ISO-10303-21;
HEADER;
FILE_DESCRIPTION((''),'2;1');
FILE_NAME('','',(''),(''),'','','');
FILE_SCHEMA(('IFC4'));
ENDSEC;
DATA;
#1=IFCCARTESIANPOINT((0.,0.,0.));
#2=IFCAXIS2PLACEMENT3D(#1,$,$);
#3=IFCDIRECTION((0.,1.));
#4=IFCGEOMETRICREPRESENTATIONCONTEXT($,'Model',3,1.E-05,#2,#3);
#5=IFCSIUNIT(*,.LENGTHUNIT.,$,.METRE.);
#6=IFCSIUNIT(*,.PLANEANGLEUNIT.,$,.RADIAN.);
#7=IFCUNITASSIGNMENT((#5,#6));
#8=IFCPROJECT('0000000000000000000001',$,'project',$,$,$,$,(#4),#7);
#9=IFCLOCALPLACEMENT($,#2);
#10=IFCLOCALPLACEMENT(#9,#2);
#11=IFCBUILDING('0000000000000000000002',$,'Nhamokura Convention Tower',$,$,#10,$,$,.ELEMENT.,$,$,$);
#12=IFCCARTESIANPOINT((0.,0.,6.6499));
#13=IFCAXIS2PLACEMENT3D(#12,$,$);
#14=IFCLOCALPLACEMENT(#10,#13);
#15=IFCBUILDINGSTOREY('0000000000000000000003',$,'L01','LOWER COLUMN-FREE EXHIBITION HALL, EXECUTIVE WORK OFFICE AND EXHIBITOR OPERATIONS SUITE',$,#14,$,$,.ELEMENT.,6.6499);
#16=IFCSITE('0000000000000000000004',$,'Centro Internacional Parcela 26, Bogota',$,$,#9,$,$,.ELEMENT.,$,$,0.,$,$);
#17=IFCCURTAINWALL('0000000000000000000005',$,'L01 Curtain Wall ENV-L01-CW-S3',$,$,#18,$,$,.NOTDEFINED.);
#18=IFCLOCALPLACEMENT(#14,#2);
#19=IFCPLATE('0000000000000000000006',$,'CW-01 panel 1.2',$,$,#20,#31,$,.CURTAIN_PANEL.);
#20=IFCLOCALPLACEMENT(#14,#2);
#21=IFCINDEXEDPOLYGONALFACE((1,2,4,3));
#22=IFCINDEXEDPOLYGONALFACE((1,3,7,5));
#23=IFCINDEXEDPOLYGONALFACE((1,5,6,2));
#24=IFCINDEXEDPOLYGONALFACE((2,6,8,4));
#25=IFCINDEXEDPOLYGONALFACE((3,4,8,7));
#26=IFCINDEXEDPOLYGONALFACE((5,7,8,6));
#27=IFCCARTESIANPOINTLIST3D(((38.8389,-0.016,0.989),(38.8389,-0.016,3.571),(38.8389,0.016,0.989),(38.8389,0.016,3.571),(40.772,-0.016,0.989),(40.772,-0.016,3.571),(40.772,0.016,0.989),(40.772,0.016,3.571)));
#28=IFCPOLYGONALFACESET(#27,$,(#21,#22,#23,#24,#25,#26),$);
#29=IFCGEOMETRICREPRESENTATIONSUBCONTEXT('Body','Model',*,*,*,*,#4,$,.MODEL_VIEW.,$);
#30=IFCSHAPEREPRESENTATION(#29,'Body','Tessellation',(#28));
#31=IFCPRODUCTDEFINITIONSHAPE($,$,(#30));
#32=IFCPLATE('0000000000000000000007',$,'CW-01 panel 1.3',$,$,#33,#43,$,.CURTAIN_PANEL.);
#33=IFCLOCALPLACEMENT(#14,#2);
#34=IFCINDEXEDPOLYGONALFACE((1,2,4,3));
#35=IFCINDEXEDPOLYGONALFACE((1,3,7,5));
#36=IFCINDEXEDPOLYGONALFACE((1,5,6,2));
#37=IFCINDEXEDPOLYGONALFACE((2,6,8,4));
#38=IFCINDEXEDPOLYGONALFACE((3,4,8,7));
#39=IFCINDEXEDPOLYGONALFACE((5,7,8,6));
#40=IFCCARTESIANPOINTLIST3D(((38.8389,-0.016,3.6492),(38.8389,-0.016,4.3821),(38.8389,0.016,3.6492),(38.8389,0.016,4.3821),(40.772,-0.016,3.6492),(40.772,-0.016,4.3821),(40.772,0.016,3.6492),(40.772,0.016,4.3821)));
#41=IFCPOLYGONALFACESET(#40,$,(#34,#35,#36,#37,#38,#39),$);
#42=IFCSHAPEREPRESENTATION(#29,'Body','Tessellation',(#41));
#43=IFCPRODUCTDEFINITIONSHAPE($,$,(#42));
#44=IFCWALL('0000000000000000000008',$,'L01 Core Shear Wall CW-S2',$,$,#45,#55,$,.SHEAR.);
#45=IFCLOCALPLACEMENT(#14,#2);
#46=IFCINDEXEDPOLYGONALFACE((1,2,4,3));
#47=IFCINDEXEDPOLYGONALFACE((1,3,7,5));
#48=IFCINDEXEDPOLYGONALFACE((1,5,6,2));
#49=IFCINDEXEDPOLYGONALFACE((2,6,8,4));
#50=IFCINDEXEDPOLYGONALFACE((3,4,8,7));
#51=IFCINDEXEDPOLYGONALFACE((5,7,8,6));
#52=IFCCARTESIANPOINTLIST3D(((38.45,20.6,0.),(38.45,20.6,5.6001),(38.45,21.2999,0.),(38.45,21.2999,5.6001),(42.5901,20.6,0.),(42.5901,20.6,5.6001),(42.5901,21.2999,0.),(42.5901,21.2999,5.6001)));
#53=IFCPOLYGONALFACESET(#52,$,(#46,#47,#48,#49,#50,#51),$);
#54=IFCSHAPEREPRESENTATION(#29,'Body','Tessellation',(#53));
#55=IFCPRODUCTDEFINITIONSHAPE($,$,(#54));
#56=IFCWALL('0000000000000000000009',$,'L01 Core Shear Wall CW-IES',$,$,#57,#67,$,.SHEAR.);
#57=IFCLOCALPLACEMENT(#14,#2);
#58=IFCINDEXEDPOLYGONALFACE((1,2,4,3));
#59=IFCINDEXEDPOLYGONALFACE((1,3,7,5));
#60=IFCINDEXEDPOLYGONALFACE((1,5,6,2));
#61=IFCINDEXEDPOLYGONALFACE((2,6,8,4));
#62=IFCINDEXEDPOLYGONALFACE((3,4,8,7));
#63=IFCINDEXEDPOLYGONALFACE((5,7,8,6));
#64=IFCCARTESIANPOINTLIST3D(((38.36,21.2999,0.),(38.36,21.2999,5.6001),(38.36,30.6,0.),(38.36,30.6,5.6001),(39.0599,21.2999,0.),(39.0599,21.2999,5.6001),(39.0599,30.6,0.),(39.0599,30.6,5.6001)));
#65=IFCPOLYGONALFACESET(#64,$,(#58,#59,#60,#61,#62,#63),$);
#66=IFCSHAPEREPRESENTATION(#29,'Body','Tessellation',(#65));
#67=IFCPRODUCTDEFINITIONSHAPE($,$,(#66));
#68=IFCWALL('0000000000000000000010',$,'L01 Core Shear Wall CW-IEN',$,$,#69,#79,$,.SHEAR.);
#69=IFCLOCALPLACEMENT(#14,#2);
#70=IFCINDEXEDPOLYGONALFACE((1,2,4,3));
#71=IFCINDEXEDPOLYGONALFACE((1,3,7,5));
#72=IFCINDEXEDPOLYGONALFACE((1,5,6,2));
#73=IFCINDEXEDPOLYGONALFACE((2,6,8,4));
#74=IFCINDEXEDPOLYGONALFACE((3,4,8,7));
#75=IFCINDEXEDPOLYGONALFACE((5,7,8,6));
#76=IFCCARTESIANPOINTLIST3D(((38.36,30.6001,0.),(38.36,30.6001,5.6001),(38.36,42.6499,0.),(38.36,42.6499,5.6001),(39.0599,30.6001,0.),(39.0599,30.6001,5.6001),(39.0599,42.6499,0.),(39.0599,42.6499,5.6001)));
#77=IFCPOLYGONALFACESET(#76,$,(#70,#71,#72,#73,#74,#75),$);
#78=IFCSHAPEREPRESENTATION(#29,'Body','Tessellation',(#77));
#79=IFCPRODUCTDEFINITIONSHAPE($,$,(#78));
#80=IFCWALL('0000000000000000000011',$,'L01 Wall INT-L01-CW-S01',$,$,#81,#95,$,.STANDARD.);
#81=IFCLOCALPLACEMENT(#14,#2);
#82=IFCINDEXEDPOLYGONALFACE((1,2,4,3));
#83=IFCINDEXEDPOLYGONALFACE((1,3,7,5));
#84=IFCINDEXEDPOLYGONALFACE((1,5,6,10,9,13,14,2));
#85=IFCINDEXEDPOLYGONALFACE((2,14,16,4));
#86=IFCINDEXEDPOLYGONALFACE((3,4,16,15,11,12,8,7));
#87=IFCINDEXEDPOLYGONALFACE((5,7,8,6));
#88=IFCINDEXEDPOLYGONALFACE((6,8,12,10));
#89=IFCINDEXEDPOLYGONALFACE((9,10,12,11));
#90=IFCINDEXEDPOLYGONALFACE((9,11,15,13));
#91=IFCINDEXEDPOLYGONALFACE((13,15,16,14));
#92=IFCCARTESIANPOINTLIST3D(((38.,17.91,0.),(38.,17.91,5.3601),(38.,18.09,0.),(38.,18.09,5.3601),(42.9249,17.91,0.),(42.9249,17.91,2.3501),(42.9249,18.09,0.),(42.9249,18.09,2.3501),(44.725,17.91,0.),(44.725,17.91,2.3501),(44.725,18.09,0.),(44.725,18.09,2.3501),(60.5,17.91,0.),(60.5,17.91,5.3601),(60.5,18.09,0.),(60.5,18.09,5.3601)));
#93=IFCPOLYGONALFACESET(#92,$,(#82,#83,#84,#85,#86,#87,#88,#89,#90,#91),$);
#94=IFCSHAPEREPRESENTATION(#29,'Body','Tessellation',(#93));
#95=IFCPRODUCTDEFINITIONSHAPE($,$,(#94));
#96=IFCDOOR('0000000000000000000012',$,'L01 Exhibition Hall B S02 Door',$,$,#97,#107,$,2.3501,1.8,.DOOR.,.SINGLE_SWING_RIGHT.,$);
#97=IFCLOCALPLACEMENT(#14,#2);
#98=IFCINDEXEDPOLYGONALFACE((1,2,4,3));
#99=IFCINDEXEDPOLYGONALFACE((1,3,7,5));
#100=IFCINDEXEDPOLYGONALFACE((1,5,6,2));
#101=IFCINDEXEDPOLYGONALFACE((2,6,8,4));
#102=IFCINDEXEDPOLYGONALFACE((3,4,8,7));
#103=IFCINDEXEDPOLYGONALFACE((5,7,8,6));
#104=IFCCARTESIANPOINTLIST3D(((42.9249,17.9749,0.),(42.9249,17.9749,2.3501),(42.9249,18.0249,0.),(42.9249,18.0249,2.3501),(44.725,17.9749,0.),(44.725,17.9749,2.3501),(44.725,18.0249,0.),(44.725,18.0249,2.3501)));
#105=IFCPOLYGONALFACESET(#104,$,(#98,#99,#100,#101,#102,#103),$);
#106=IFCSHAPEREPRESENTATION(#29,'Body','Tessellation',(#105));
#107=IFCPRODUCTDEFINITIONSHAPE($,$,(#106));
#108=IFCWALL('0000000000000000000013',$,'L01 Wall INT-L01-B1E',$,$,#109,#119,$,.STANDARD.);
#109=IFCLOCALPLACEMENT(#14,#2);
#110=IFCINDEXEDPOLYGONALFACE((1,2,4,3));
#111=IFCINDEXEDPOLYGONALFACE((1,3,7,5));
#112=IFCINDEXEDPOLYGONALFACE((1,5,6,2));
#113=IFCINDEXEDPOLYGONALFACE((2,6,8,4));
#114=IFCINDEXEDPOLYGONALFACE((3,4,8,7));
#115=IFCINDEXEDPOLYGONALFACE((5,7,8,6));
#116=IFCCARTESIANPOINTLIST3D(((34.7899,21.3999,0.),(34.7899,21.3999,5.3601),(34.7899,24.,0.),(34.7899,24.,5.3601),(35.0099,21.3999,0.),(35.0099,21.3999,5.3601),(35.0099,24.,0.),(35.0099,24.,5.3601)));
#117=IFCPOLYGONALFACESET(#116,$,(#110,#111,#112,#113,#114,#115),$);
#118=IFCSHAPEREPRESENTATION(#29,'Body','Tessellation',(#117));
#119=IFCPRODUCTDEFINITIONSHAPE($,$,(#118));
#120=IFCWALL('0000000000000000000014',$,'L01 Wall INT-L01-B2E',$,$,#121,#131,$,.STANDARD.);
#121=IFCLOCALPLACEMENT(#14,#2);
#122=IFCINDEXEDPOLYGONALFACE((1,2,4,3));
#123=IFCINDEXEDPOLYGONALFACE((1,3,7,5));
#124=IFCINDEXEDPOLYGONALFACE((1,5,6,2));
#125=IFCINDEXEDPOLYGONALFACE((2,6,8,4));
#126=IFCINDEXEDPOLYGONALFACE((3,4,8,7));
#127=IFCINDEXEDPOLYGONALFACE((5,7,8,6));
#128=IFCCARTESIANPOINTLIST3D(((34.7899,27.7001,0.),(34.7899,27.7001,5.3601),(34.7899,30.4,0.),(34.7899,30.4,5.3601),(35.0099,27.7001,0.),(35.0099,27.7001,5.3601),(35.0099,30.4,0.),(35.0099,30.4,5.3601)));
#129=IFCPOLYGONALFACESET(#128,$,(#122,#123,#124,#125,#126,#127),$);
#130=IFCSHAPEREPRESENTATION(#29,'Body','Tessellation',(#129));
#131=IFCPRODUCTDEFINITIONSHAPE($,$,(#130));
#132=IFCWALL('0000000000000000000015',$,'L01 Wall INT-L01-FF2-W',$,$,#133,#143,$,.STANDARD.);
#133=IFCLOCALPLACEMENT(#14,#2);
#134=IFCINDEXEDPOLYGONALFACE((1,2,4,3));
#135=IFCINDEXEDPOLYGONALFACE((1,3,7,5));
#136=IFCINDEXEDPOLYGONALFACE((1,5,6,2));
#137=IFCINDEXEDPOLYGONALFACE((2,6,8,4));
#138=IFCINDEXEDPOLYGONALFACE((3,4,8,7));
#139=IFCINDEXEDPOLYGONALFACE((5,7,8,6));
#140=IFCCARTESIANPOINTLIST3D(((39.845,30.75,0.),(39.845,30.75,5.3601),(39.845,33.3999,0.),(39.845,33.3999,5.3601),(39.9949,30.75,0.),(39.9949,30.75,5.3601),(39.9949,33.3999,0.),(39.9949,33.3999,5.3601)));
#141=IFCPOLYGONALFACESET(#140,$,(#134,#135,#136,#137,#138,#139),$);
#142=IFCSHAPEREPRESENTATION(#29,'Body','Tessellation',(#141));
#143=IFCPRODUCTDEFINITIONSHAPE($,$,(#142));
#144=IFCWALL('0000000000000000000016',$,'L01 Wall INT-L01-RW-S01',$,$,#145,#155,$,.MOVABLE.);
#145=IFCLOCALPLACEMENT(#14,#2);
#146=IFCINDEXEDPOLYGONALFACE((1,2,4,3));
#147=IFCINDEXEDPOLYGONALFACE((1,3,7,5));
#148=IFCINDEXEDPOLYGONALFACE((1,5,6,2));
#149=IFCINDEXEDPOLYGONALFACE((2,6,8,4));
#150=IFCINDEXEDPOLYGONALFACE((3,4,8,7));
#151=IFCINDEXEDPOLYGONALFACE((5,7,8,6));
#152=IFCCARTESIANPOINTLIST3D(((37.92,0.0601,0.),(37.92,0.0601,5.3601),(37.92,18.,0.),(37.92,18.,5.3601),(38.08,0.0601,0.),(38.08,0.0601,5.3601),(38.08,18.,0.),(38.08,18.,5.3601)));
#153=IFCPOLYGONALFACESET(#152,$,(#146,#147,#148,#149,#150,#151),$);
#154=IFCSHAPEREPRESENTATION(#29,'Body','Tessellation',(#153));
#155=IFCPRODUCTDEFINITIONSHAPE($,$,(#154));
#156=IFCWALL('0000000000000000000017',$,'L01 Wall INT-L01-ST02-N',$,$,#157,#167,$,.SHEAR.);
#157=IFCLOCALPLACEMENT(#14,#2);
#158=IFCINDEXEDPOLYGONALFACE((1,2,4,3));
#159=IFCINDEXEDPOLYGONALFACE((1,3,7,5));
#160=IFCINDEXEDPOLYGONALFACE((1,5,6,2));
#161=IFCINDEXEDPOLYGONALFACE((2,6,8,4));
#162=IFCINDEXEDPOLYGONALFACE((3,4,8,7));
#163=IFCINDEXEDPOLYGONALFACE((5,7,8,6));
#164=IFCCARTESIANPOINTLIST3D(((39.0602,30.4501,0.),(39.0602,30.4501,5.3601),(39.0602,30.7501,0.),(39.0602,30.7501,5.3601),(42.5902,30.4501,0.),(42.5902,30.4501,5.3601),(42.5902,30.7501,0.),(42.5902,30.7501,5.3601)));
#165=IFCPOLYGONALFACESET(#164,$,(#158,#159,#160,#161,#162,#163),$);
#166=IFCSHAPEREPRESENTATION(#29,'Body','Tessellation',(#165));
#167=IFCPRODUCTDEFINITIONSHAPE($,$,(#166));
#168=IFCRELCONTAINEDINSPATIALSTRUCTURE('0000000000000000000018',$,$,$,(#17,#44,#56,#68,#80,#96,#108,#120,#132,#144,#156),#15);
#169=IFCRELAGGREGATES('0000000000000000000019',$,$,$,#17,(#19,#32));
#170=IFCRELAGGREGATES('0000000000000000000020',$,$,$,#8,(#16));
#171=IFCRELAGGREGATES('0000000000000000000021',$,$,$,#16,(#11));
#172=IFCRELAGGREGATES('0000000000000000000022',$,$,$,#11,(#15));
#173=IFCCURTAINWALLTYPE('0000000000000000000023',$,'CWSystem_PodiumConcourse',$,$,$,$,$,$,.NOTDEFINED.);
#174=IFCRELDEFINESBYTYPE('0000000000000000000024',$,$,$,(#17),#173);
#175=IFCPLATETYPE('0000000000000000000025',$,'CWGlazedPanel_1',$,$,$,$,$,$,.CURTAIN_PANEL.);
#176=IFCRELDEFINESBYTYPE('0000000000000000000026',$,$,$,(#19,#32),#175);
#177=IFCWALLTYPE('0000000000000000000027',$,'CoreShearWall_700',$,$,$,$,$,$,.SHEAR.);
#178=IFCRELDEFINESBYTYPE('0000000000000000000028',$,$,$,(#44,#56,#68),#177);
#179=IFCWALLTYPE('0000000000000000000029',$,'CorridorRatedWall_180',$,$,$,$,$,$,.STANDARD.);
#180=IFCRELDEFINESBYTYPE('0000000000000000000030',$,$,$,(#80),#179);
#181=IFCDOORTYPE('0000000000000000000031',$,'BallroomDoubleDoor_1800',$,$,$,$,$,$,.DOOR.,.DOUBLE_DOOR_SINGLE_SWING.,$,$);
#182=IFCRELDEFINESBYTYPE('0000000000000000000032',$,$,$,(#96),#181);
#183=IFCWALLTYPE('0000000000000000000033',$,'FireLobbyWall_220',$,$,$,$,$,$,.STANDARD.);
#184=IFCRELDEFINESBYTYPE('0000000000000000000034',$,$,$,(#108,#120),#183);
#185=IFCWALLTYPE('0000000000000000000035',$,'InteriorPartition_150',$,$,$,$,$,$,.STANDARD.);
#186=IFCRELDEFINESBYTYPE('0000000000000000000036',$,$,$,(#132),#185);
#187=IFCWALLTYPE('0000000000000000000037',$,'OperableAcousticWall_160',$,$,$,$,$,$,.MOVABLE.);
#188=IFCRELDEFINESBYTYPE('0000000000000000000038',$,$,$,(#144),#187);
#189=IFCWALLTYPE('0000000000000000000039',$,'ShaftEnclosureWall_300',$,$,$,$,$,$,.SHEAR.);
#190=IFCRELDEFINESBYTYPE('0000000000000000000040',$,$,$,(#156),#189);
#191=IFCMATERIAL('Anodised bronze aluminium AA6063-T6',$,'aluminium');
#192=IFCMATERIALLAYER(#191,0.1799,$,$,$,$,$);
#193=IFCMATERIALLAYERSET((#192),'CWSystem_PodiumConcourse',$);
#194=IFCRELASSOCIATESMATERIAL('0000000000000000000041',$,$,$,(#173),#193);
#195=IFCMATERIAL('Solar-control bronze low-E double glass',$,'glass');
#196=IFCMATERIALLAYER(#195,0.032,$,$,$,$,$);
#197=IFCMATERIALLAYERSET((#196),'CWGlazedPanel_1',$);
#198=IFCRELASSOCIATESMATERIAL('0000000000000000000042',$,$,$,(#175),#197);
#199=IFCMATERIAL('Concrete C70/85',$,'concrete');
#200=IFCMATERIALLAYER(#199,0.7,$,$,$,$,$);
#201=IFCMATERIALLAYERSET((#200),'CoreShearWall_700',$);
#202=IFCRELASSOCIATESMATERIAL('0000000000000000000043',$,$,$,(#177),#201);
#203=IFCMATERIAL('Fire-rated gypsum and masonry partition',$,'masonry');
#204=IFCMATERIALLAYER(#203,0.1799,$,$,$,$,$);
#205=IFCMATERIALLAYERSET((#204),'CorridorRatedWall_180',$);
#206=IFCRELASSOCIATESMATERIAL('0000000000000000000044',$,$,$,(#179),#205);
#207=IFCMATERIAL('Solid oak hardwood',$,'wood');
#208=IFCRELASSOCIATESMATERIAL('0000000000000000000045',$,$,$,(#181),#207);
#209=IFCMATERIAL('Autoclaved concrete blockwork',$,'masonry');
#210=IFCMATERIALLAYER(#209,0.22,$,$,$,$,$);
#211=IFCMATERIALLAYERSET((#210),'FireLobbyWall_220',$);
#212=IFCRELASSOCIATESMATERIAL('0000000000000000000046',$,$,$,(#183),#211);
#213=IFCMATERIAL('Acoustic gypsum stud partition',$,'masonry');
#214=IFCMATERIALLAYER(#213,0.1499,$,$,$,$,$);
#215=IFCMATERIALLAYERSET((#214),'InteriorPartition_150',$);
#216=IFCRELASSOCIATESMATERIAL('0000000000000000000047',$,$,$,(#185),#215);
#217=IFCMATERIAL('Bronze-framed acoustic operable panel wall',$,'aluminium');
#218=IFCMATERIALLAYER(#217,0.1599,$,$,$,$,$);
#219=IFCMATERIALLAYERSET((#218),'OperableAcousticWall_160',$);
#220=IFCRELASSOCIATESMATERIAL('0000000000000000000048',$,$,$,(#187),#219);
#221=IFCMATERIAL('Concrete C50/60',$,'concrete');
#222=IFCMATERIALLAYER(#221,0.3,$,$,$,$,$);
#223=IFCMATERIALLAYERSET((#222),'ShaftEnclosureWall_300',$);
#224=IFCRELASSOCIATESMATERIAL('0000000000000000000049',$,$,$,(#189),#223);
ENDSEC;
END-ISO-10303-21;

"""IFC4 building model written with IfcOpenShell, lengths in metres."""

from ifc_helpers import new_model, si_unit, direction, frame, frame_2d, origin, origin_2d, place, context, subcontext, project, spatial, rectangle, extrude, material, layer, layer_set, type_object, element, fill, aggregate, save


model = new_model("IFC4")

# Units and contexts
model_context = context("Model", 3, precision=1e-05, world=origin(), true_north=direction((0.0, 1.0)))
body_context = subcontext(model_context, "Body", "Model", "MODEL_VIEW")
ifc_project = project(units=[si_unit("LENGTHUNIT", "METRE"), si_unit("PLANEANGLEUNIT", "RADIAN")], contexts=[model_context])

# Site, building, storey
site_placement = place(None, origin())
site = spatial("IfcSite", under=ifc_project, at=site_placement, Name="Centro Internacional Parcela 26, Bogota", CompositionType="ELEMENT", RefElevation=0.0)
building_placement = place(site_placement, origin())
building = spatial("IfcBuilding", under=site, at=building_placement, Name="Nhamokura Convention Tower", CompositionType="ELEMENT")
storey_placement = place(building_placement, frame((0.0, 0.0, 6.6499)))
storey = spatial("IfcBuildingStorey", under=building, at=storey_placement, Name="L01", Description="LOWER COLUMN-FREE EXHIBITION HALL, EXECUTIVE WORK OFFICE AND EXHIBITOR OPERATIONS SUITE", CompositionType="ELEMENT", Elevation=6.6499)

# Curtain wall
ifc_material_1 = material(Name="Anodised bronze aluminium AA6063-T6", Category="aluminium")
ifc_layer_1 = layer(ifc_material_1, 0.1799)
ifc_layer_set_1 = layer_set([ifc_layer_1], Name="CWSystem_PodiumConcourse")
curtain_wall_type = type_object("IfcCurtainWallType", Name="CWSystem_PodiumConcourse", PredefinedType="NOTDEFINED", material=ifc_layer_set_1)
curtain_wall_placement = place(storey_placement, origin())
curtain_wall = element("IfcCurtainWall", 1, at=curtain_wall_placement, inside=storey, type_object=curtain_wall_type, Name="L01 Curtain Wall ENV-L01-CW-S3", PredefinedType="NOTDEFINED")

# Plates
ifc_material_2 = material(Name="Solar-control bronze low-E double glass", Category="glass")
ifc_layer_2 = layer(ifc_material_2, 0.032)
ifc_layer_set_2 = layer_set([ifc_layer_2], Name="CWGlazedPanel_1")
plate_type = type_object("IfcPlateType", Name="CWGlazedPanel_1", PredefinedType="CURTAIN_PANEL", material=ifc_layer_set_2)
plate_1_placement = place(storey_placement, frame((39.8054, 0.0, 0.989), z_axis=(0.0, 0.0, 1.0), x_axis=(-1.0, 0.0, 0.0)))
plate_1 = element("IfcPlate", 2, at=plate_1_placement, type_object=plate_type, Name="CW-01 panel 1.2", PredefinedType="CURTAIN_PANEL", context=body_context, shape_type="SweptSolid", body=[
    extrude(rectangle(XDim=1.9331, YDim=0.032, at=origin_2d()), origin(), (0.0, 0.0, 1.0), 2.582),
])
plate_2_placement = place(storey_placement, frame((39.8054, 0.0, 3.6492), z_axis=(0.0, 0.0, 1.0), x_axis=(-1.0, 0.0, 0.0)))
plate_2 = element("IfcPlate", 3, at=plate_2_placement, type_object=plate_type, Name="CW-01 panel 1.3", PredefinedType="CURTAIN_PANEL", context=body_context, shape_type="SweptSolid", body=[
    extrude(rectangle(XDim=1.9331, YDim=0.032, at=origin_2d()), origin(), (0.0, 0.0, 1.0), 0.7329),
])
aggregate(curtain_wall, [plate_1, plate_2])

# Walls
ifc_material_3 = material(Name="Concrete C70/85", Category="concrete")
ifc_layer_3 = layer(ifc_material_3, 0.7)
ifc_layer_set_3 = layer_set([ifc_layer_3], Name="CoreShearWall_700")
wall_type_1 = type_object("IfcWallType", Name="CoreShearWall_700", PredefinedType="SHEAR", material=ifc_layer_set_3)
wall_1_placement = place(storey_placement, frame((38.45, 20.95, 0.0), z_axis=(0.0, 0.0, 1.0), x_axis=(1.0, 0.0, 0.0)))
element("IfcWall", 4, at=wall_1_placement, inside=storey, type_object=wall_type_1, Name="L01 Core Shear Wall CW-S2", PredefinedType="SHEAR", context=body_context, shape_type="SweptSolid", body=[
    extrude(rectangle(XDim=4.1401, YDim=0.7, at=frame_2d((2.0701, 0.0))), origin(), (0.0, 0.0, 1.0), 5.6001),
])
wall_2_placement = place(storey_placement, frame((38.71, 21.3, 0.0), z_axis=(0.0, 0.0, 1.0), x_axis=(0.0, 1.0, 0.0)))
element("IfcWall", 5, at=wall_2_placement, inside=storey, type_object=wall_type_1, Name="L01 Core Shear Wall CW-IES", PredefinedType="SHEAR", context=body_context, shape_type="SweptSolid", body=[
    extrude(rectangle(XDim=9.3, YDim=0.7, at=frame_2d((4.6499, 0.0))), origin(), (0.0, 0.0, 1.0), 5.6001),
])
wall_3_placement = place(storey_placement, frame((38.71, 30.6001, 0.0), z_axis=(0.0, 0.0, 1.0), x_axis=(0.0, 1.0, 0.0)))
element("IfcWall", 6, at=wall_3_placement, inside=storey, type_object=wall_type_1, Name="L01 Core Shear Wall CW-IEN", PredefinedType="SHEAR", context=body_context, shape_type="SweptSolid", body=[
    extrude(rectangle(XDim=12.0498, YDim=0.7, at=frame_2d((6.0249, 0.0))), origin(), (0.0, 0.0, 1.0), 5.6001),
])

# Wall, opening, door
ifc_material_4 = material(Name="Fire-rated gypsum and masonry partition", Category="masonry")
ifc_layer_4 = layer(ifc_material_4, 0.1799)
ifc_layer_set_4 = layer_set([ifc_layer_4], Name="CorridorRatedWall_180")
wall_type_2 = type_object("IfcWallType", Name="CorridorRatedWall_180", PredefinedType="STANDARD", material=ifc_layer_set_4)
wall_4_placement = place(storey_placement, frame((38.0, 18.0, 0.0), z_axis=(0.0, 0.0, 1.0), x_axis=(1.0, 0.0, 0.0)))
wall_4 = element("IfcWall", 7, at=wall_4_placement, inside=storey, type_object=wall_type_2, Name="L01 Wall INT-L01-CW-S01", PredefinedType="STANDARD", context=body_context, shape_type="SweptSolid", body=[
    extrude(rectangle(XDim=22.5, YDim=0.1799, at=frame_2d((11.25, 0.0))), origin(), (0.0, 0.0, 1.0), 5.3601),
])
opening_1_placement = place(wall_4_placement, frame((4.925, 0.0, 0.0)))
opening_1 = element("IfcOpeningElement", 8, at=opening_1_placement, cuts=wall_4, PredefinedType="OPENING", context=body_context, shape_type="SweptSolid", body=[
    extrude(rectangle(XDim=1.8, YDim=2.3501, at=frame_2d((0.8999, 1.175))), frame((0.0, 0.0999, 0.0), z_axis=(0.0, -1.0, 0.0), x_axis=(1.0, 0.0, 0.0)), (0.0, 0.0, 1.0), 0.2),
])
ifc_material_5 = material(Name="Solid oak hardwood", Category="wood")
door_type_1 = type_object("IfcDoorType", Name="BallroomDoubleDoor_1800", OperationType="DOUBLE_DOOR_SINGLE_SWING", PredefinedType="DOOR", material=ifc_material_5)
door_1_placement = place(opening_1_placement, origin())
door_1 = element("IfcDoor", 9, at=door_1_placement, inside=storey, type_object=door_type_1, Name="L01 Exhibition Hall B S02 Door", OperationType="SINGLE_SWING_RIGHT", OverallHeight=2.3501, OverallWidth=1.8, PredefinedType="DOOR", context=body_context, shape_type="SweptSolid", body=[
    extrude(rectangle(XDim=1.8, YDim=2.3501, at=frame_2d((0.8999, 1.175))), frame((0.0, 0.0249, 0.0), z_axis=(0.0, -1.0, 0.0), x_axis=(1.0, 0.0, 0.0)), (0.0, 0.0, 1.0), 0.05),
])
fill(opening_1, door_1)
ifc_material_6 = material(Name="Autoclaved concrete blockwork", Category="masonry")
ifc_layer_5 = layer(ifc_material_6, 0.22)
ifc_layer_set_5 = layer_set([ifc_layer_5], Name="FireLobbyWall_220")
wall_type_3 = type_object("IfcWallType", Name="FireLobbyWall_220", PredefinedType="STANDARD", material=ifc_layer_set_5)

# Walls
wall_5_placement = place(storey_placement, frame((34.8999, 21.3999, 0.0), z_axis=(0.0, 0.0, 1.0), x_axis=(0.0, 1.0, 0.0)))
element("IfcWall", 10, at=wall_5_placement, inside=storey, type_object=wall_type_3, Name="L01 Wall INT-L01-B1E", PredefinedType="STANDARD", context=body_context, shape_type="SweptSolid", body=[
    extrude(rectangle(XDim=2.6001, YDim=0.22, at=frame_2d((1.3, 0.0))), origin(), (0.0, 0.0, 1.0), 5.3601),
])
wall_6_placement = place(storey_placement, frame((34.8999, 27.7, 0.0), z_axis=(0.0, 0.0, 1.0), x_axis=(0.0, 1.0, 0.0)))
element("IfcWall", 11, at=wall_6_placement, inside=storey, type_object=wall_type_3, Name="L01 Wall INT-L01-B2E", PredefinedType="STANDARD", context=body_context, shape_type="SweptSolid", body=[
    extrude(rectangle(XDim=2.7, YDim=0.22, at=frame_2d((1.3501, 0.0))), origin(), (0.0, 0.0, 1.0), 5.3601),
])
ifc_material_7 = material(Name="Acoustic gypsum stud partition", Category="masonry")
ifc_layer_6 = layer(ifc_material_7, 0.1499)
ifc_layer_set_6 = layer_set([ifc_layer_6], Name="InteriorPartition_150")
wall_type_4 = type_object("IfcWallType", Name="InteriorPartition_150", PredefinedType="STANDARD", material=ifc_layer_set_6)
wall_7_placement = place(storey_placement, frame((39.9199, 30.75, 0.0), z_axis=(0.0, 0.0, 1.0), x_axis=(0.0, 1.0, 0.0)))
element("IfcWall", 12, at=wall_7_placement, inside=storey, type_object=wall_type_4, Name="L01 Wall INT-L01-FF2-W", PredefinedType="STANDARD", context=body_context, shape_type="SweptSolid", body=[
    extrude(rectangle(XDim=2.6499, YDim=0.1499, at=frame_2d((1.325, 0.0))), origin(), (0.0, 0.0, 1.0), 5.3601),
])
ifc_material_8 = material(Name="Bronze-framed acoustic operable panel wall", Category="aluminium")
ifc_layer_7 = layer(ifc_material_8, 0.1599)
ifc_layer_set_7 = layer_set([ifc_layer_7], Name="OperableAcousticWall_160")
wall_type_5 = type_object("IfcWallType", Name="OperableAcousticWall_160", PredefinedType="MOVABLE", material=ifc_layer_set_7)
wall_8_placement = place(storey_placement, frame((38.0, 0.0601, 0.0), z_axis=(0.0, 0.0, 1.0), x_axis=(0.0, 1.0, 0.0)))
element("IfcWall", 13, at=wall_8_placement, inside=storey, type_object=wall_type_5, Name="L01 Wall INT-L01-RW-S01", PredefinedType="MOVABLE", context=body_context, shape_type="SweptSolid", body=[
    extrude(rectangle(XDim=17.9399, YDim=0.1599, at=frame_2d((8.97, 0.0))), origin(), (0.0, 0.0, 1.0), 5.3601),
])
ifc_material_9 = material(Name="Concrete C50/60", Category="concrete")
ifc_layer_8 = layer(ifc_material_9, 0.3)
ifc_layer_set_8 = layer_set([ifc_layer_8], Name="ShaftEnclosureWall_300")
wall_type_6 = type_object("IfcWallType", Name="ShaftEnclosureWall_300", PredefinedType="SHEAR", material=ifc_layer_set_8)
wall_9_placement = place(storey_placement, frame((39.0601, 30.6001, 0.0), z_axis=(0.0, 0.0, 1.0), x_axis=(1.0, 0.0, 0.0)))
element("IfcWall", 14, at=wall_9_placement, inside=storey, type_object=wall_type_6, Name="L01 Wall INT-L01-ST02-N", PredefinedType="SHEAR", context=body_context, shape_type="SweptSolid", body=[
    extrude(rectangle(XDim=3.53, YDim=0.3, at=frame_2d((1.7651, 0.0))), origin(), (0.0, 0.0, 1.0), 5.3601),
])

save(model, "model.ifc")
